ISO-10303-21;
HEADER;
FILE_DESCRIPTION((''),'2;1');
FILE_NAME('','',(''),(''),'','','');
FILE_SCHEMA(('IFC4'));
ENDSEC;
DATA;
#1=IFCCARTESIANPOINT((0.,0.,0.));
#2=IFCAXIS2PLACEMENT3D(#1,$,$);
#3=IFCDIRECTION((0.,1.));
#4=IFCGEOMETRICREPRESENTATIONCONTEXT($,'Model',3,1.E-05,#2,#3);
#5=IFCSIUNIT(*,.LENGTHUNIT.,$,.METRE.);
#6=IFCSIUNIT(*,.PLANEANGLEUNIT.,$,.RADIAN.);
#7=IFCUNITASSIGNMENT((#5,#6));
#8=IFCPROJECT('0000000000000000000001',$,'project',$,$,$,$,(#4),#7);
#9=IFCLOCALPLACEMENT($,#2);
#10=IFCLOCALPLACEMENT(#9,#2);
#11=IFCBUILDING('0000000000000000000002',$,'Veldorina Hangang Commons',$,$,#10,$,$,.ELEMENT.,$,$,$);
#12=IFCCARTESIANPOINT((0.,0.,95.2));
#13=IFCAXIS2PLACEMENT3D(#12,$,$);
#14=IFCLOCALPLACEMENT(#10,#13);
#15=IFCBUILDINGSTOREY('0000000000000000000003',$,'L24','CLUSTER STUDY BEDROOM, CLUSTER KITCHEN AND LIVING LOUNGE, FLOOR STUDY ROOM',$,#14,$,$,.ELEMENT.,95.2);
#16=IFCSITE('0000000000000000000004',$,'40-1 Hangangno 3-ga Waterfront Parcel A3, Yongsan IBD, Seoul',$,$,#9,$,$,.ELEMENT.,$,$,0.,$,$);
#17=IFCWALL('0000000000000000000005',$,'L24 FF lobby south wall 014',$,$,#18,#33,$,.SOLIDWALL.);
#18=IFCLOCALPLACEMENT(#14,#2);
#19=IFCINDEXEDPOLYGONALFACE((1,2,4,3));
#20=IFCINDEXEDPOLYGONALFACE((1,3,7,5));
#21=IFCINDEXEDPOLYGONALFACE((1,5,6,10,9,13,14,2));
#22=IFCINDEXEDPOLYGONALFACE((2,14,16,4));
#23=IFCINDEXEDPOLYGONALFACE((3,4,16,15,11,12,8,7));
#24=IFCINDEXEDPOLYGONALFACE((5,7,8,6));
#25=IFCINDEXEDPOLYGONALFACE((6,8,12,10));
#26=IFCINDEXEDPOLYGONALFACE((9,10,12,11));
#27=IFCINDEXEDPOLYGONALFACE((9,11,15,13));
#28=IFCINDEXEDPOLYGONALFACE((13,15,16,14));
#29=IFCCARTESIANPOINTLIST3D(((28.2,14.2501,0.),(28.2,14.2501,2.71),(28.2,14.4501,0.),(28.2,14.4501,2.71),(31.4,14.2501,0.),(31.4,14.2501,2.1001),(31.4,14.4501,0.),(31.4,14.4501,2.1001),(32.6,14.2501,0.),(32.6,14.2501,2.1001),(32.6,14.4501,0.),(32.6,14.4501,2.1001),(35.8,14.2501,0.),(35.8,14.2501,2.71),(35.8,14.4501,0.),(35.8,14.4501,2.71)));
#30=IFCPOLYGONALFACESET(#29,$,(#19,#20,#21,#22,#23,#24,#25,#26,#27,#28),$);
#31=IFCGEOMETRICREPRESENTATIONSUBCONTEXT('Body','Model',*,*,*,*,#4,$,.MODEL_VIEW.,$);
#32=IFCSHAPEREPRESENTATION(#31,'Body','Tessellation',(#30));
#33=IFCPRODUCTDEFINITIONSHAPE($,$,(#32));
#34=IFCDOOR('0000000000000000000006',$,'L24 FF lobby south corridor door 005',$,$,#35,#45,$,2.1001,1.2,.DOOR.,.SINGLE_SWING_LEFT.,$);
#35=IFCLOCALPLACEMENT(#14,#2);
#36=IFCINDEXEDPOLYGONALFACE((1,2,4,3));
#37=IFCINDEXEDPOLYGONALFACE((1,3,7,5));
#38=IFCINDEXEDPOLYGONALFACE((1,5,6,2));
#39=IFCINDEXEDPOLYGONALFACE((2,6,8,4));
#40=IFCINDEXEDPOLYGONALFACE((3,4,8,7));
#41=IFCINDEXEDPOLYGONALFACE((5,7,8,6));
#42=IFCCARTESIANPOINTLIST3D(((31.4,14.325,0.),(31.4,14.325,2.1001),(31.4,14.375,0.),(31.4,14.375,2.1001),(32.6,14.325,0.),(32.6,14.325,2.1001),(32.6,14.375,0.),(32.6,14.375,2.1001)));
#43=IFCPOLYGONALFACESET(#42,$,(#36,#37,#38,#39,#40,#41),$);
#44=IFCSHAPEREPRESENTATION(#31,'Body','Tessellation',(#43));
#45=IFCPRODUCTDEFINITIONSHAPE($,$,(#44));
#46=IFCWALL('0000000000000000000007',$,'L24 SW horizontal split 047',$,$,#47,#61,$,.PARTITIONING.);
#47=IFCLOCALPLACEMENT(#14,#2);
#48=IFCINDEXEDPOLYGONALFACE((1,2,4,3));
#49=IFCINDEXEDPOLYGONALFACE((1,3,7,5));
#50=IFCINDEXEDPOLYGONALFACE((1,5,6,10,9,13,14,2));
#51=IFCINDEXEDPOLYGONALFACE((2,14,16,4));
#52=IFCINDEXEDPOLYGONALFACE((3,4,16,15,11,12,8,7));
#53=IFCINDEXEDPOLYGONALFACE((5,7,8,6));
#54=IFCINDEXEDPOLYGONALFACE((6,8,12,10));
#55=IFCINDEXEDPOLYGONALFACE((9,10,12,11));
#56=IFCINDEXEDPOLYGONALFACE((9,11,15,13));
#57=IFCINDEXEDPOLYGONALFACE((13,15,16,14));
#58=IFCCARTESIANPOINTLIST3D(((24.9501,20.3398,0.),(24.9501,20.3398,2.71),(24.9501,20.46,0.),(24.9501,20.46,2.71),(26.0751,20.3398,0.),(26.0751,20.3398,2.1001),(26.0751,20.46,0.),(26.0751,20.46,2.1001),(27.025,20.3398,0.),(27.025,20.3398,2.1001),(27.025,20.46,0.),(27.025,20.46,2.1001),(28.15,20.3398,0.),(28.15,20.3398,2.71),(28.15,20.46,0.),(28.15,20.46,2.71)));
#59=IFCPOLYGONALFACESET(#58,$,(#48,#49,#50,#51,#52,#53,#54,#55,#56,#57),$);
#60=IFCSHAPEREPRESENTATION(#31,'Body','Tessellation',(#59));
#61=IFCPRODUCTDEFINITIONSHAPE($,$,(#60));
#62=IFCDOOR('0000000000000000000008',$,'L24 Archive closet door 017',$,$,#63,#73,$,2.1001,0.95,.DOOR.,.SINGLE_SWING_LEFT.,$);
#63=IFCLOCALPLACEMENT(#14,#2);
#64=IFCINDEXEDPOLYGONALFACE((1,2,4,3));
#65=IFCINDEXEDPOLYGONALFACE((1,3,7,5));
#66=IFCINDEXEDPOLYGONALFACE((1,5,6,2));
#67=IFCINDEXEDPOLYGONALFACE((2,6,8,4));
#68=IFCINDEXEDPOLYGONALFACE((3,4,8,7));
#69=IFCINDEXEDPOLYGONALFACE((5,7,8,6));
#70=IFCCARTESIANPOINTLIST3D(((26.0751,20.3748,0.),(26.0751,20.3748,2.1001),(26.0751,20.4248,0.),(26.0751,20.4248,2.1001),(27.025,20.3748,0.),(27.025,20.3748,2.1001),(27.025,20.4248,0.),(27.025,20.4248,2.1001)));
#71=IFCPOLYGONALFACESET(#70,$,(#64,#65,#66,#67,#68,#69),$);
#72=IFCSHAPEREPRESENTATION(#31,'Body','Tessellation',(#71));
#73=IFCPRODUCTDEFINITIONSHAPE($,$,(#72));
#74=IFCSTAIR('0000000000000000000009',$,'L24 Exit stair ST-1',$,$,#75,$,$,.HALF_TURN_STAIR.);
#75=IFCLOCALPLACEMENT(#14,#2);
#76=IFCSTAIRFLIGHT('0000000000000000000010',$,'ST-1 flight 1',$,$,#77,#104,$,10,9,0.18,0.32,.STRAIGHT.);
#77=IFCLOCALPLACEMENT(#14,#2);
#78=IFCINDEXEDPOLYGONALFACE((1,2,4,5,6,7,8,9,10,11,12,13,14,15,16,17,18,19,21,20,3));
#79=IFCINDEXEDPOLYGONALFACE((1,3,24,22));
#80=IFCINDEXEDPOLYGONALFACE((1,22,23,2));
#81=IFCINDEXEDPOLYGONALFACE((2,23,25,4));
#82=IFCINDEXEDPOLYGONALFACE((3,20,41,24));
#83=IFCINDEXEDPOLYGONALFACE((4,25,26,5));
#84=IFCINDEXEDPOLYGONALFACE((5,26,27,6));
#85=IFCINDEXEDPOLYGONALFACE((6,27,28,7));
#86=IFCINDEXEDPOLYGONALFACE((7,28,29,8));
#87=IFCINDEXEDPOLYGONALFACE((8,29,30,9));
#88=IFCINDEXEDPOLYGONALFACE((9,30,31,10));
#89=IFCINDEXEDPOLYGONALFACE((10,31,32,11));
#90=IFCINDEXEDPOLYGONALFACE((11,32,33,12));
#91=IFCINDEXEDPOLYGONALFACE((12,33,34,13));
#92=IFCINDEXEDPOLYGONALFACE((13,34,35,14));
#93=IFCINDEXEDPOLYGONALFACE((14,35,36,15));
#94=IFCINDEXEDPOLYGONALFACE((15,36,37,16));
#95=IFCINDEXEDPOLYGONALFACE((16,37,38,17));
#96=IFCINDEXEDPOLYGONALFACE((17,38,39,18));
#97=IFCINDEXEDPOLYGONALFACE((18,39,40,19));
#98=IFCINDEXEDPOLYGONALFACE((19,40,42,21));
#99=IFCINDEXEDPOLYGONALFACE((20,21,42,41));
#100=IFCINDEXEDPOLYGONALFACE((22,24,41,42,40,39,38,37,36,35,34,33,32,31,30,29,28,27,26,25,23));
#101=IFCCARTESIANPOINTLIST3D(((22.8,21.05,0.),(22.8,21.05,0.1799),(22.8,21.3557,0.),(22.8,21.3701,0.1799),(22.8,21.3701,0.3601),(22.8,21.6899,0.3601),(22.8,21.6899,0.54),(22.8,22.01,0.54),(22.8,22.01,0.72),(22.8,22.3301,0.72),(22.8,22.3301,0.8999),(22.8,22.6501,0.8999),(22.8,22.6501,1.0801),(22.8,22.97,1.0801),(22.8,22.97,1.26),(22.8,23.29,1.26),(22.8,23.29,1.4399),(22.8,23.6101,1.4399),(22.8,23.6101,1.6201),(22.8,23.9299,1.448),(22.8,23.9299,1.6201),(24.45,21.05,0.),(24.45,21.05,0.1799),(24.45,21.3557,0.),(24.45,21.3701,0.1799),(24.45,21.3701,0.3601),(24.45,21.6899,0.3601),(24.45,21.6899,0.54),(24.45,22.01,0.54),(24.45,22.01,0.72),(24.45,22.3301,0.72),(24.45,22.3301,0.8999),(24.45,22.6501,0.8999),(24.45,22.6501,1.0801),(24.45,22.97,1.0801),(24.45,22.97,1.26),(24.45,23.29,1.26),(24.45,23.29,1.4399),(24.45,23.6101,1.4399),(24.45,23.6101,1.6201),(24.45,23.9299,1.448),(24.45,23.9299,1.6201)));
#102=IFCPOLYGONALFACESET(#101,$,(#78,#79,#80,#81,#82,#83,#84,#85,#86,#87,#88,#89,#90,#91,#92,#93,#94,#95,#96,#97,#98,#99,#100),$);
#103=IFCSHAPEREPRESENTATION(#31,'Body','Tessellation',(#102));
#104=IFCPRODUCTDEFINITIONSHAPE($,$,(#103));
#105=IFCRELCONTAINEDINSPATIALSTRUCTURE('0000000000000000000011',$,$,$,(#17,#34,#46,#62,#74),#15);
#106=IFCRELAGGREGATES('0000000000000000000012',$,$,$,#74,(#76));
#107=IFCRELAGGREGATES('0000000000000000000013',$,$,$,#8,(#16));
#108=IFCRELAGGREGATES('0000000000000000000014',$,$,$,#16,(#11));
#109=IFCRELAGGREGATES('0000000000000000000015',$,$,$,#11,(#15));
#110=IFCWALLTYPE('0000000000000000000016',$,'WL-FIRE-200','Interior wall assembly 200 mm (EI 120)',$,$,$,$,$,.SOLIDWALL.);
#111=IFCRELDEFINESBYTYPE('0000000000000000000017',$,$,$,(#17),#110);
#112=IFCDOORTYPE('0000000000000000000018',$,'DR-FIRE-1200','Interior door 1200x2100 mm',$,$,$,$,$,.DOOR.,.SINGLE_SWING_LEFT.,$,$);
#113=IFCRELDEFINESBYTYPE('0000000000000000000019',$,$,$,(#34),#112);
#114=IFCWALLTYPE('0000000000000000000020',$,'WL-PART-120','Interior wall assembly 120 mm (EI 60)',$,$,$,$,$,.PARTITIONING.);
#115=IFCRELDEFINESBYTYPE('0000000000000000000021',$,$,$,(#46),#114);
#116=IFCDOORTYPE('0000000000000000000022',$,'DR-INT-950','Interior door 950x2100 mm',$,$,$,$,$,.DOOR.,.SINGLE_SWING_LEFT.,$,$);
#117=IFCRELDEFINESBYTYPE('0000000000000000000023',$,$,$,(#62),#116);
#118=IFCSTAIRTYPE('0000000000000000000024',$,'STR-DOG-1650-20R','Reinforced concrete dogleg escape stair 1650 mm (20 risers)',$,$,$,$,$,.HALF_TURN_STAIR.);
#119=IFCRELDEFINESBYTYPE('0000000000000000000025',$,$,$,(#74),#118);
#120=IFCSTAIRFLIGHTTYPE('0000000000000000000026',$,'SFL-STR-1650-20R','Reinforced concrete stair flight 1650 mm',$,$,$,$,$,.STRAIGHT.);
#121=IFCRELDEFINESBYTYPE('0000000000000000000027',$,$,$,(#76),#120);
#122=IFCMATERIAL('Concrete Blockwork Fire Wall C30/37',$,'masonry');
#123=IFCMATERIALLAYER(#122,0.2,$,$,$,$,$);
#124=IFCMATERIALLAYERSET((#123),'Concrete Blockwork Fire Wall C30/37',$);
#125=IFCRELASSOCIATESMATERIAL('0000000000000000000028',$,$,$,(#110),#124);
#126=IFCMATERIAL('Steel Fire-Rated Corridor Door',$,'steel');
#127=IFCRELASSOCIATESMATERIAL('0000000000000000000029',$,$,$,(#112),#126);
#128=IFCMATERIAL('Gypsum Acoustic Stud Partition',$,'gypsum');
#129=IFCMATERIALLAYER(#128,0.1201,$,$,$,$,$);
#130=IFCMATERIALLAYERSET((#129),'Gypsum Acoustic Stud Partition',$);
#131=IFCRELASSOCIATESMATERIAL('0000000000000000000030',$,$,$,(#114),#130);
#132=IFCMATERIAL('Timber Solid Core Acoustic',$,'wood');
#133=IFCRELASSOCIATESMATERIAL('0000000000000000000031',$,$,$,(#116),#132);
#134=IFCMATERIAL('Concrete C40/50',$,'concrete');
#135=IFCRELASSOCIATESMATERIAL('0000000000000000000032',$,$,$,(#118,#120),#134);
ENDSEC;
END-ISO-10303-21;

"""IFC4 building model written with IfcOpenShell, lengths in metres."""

from ifc_helpers import new_model, si_unit, direction, frame, frame_2d, origin, place, context, subcontext, project, spatial, polyline, rectangle, outline, extrude, material, layer, layer_set, type_object, element, fill, aggregate, save


model = new_model("IFC4")

# Units and contexts
model_context = context("Model", 3, precision=1e-05, world=origin(), true_north=direction((0.0, 1.0)))
body_context = subcontext(model_context, "Body", "Model", "MODEL_VIEW")
ifc_project = project(units=[si_unit("LENGTHUNIT", "METRE"), si_unit("PLANEANGLEUNIT", "RADIAN")], contexts=[model_context])

# Site, building, storey
site_placement = place(None, origin())
site = spatial("IfcSite", under=ifc_project, at=site_placement, Name="40-1 Hangangno 3-ga Waterfront Parcel A3, Yongsan IBD, Seoul", CompositionType="ELEMENT", RefElevation=0.0)
building_placement = place(site_placement, origin())
building = spatial("IfcBuilding", under=site, at=building_placement, Name="Veldorina Hangang Commons", CompositionType="ELEMENT")
storey_placement = place(building_placement, frame((0.0, 0.0, 95.2)))
storey = spatial("IfcBuildingStorey", under=building, at=storey_placement, Name="L24", Description="CLUSTER STUDY BEDROOM, CLUSTER KITCHEN AND LIVING LOUNGE, FLOOR STUDY ROOM", CompositionType="ELEMENT", Elevation=95.2)

# Shared definitions
ifc_material_1 = material(Name="Timber Solid Core Acoustic", Category="wood")

# Shared definitions
ifc_material_2 = material(Name="Concrete Blockwork Fire Wall C30/37", Category="masonry")
ifc_layer_1 = layer(ifc_material_2, 0.2)
ifc_layer_set_1 = layer_set([ifc_layer_1], Name="Concrete Blockwork Fire Wall C30/37")
wall_type_1 = type_object("IfcWallType", Name="WL-FIRE-200", Description="Interior wall assembly 200 mm (EI 120)", PredefinedType="SOLIDWALL", material=ifc_layer_set_1)

# Walls, openings, doors
wall_1_placement = place(storey_placement, frame((28.2, 14.3501, 0.0), z_axis=(0.0, 0.0, 1.0), x_axis=(1.0, 0.0, 0.0)))
wall_1 = element("IfcWall", 1, at=wall_1_placement, inside=storey, type_object=wall_type_1, Name="L24 FF lobby south wall 014", PredefinedType="SOLIDWALL", context=body_context, shape_type="SweptSolid", body=[
    extrude(rectangle(XDim=7.6001, YDim=0.2, at=frame_2d((3.8, 0.0))), origin(), (0.0, 0.0, 1.0), 2.71),
])
opening_1_placement = place(wall_1_placement, frame((3.2, 0.0, 0.0)))
opening_1 = element("IfcOpeningElement", 2, at=opening_1_placement, cuts=wall_1, PredefinedType="OPENING", context=body_context, shape_type="SweptSolid", body=[
    extrude(rectangle(XDim=1.2, YDim=2.1001, at=frame_2d((0.6001, 1.05))), frame((0.0, 0.1099, 0.0), z_axis=(0.0, -1.0, 0.0), x_axis=(1.0, 0.0, 0.0)), (0.0, 0.0, 1.0), 0.22),
])
ifc_material_3 = material(Name="Steel Fire-Rated Corridor Door", Category="steel")
door_type_1 = type_object("IfcDoorType", Name="DR-FIRE-1200", Description="Interior door 1200x2100 mm", OperationType="SINGLE_SWING_LEFT", PredefinedType="DOOR", material=ifc_material_3)
door_1_placement = place(opening_1_placement, origin())
door_1 = element("IfcDoor", 3, at=door_1_placement, inside=storey, type_object=door_type_1, Name="L24 FF lobby south corridor door 005", OperationType="SINGLE_SWING_LEFT", OverallHeight=2.1001, OverallWidth=1.2, PredefinedType="DOOR", context=body_context, shape_type="SweptSolid", body=[
    extrude(rectangle(XDim=1.2, YDim=2.1001, at=frame_2d((0.6001, 1.05))), frame((0.0, 0.0249, 0.0), z_axis=(0.0, -1.0, 0.0), x_axis=(1.0, 0.0, 0.0)), (0.0, 0.0, 1.0), 0.05),
])
fill(opening_1, door_1)
ifc_material_4 = material(Name="Gypsum Acoustic Stud Partition", Category="gypsum")
ifc_layer_2 = layer(ifc_material_4, 0.1201)
ifc_layer_set_2 = layer_set([ifc_layer_2], Name="Gypsum Acoustic Stud Partition")
wall_type_2 = type_object("IfcWallType", Name="WL-PART-120", Description="Interior wall assembly 120 mm (EI 60)", PredefinedType="PARTITIONING", material=ifc_layer_set_2)
wall_2_placement = place(storey_placement, frame((24.95, 20.3999, 0.0), z_axis=(0.0, 0.0, 1.0), x_axis=(1.0, 0.0, 0.0)))
wall_2 = element("IfcWall", 4, at=wall_2_placement, inside=storey, type_object=wall_type_2, Name="L24 SW horizontal split 047", PredefinedType="PARTITIONING", context=body_context, shape_type="SweptSolid", body=[
    extrude(rectangle(XDim=3.2, YDim=0.1201, at=frame_2d((1.6001, 0.0))), origin(), (0.0, 0.0, 1.0), 2.71),
])
opening_2_placement = place(wall_2_placement, frame((1.125, 0.0, 0.0)))
opening_2 = element("IfcOpeningElement", 5, at=opening_2_placement, cuts=wall_2, PredefinedType="OPENING", context=body_context, shape_type="SweptSolid", body=[
    extrude(rectangle(XDim=0.95, YDim=2.1001, at=frame_2d((0.4751, 1.05))), frame((0.0, 0.0701, 0.0), z_axis=(0.0, -1.0, 0.0), x_axis=(1.0, 0.0, 0.0)), (0.0, 0.0, 1.0), 0.1401),
])
door_type_2 = type_object("IfcDoorType", Name="DR-INT-950", Description="Interior door 950x2100 mm", OperationType="SINGLE_SWING_LEFT", PredefinedType="DOOR", material=ifc_material_1)
door_2_placement = place(opening_2_placement, origin())
door_2 = element("IfcDoor", 6, at=door_2_placement, inside=storey, type_object=door_type_2, Name="L24 Archive closet door 017", OperationType="SINGLE_SWING_LEFT", OverallHeight=2.1001, OverallWidth=0.95, PredefinedType="DOOR", context=body_context, shape_type="SweptSolid", body=[
    extrude(rectangle(XDim=0.95, YDim=2.1001, at=frame_2d((0.4751, 1.05))), frame((0.0, 0.0249, 0.0), z_axis=(0.0, -1.0, 0.0), x_axis=(1.0, 0.0, 0.0)), (0.0, 0.0, 1.0), 0.05),
])
fill(opening_2, door_2)

# Stair, stair flight
ifc_material_5 = material(Name="Concrete C40/50", Category="concrete")
stair_type = type_object("IfcStairType", Name="STR-DOG-1650-20R", Description="Reinforced concrete dogleg escape stair 1650 mm (20 risers)", PredefinedType="HALF_TURN_STAIR", material=ifc_material_5)
stair_placement = place(storey_placement, origin())
stair = element("IfcStair", 7, at=stair_placement, inside=storey, type_object=stair_type, Name="L24 Exit stair ST-1", PredefinedType="HALF_TURN_STAIR")
stair_flight_type = type_object("IfcStairFlightType", Name="SFL-STR-1650-20R", Description="Reinforced concrete stair flight 1650 mm", PredefinedType="STRAIGHT", material=ifc_material_5)
stair_flight_placement = place(storey_placement, frame((23.625, 21.05, 0.0), z_axis=(0.0, 0.0, 1.0), x_axis=(0.0, 1.0, 0.0)))
stair_flight = element("IfcStairFlight", 8, at=stair_flight_placement, type_object=stair_flight_type, Name="ST-1 flight 1", NumberOfRisers=10, NumberOfTreads=9, PredefinedType="STRAIGHT", RiserHeight=0.18, TreadLength=0.32, context=body_context, shape_type="SweptSolid", body=[
    extrude(outline(polyline([(0.0, 0.0), (0.0, 0.1799), (0.3201, 0.1799), (0.3201, 0.3601), (0.6399, 0.3601), (0.6399, 0.54), (0.96, 0.54), (0.96, 0.72), (1.28, 0.72), (1.28, 0.8999), (1.6001, 0.8999), (1.6001, 1.0801), (1.9199, 1.0801), (1.9199, 1.26), (2.24, 1.26), (2.24, 1.4399), (2.5601, 1.4399), (2.5601, 1.6201), (2.8799, 1.6201), (2.8799, 1.8), (2.8799, 1.448), (0.3057, 0.0), (0.0, 0.0)])), frame((0.0, 0.825, 0.0), z_axis=(0.0, -1.0, 0.0), x_axis=(1.0, 0.0, 0.0)), (0.0, 0.0, 1.0), 1.6499),
])
aggregate(stair, [stair_flight])

save(model, "model.ifc")
